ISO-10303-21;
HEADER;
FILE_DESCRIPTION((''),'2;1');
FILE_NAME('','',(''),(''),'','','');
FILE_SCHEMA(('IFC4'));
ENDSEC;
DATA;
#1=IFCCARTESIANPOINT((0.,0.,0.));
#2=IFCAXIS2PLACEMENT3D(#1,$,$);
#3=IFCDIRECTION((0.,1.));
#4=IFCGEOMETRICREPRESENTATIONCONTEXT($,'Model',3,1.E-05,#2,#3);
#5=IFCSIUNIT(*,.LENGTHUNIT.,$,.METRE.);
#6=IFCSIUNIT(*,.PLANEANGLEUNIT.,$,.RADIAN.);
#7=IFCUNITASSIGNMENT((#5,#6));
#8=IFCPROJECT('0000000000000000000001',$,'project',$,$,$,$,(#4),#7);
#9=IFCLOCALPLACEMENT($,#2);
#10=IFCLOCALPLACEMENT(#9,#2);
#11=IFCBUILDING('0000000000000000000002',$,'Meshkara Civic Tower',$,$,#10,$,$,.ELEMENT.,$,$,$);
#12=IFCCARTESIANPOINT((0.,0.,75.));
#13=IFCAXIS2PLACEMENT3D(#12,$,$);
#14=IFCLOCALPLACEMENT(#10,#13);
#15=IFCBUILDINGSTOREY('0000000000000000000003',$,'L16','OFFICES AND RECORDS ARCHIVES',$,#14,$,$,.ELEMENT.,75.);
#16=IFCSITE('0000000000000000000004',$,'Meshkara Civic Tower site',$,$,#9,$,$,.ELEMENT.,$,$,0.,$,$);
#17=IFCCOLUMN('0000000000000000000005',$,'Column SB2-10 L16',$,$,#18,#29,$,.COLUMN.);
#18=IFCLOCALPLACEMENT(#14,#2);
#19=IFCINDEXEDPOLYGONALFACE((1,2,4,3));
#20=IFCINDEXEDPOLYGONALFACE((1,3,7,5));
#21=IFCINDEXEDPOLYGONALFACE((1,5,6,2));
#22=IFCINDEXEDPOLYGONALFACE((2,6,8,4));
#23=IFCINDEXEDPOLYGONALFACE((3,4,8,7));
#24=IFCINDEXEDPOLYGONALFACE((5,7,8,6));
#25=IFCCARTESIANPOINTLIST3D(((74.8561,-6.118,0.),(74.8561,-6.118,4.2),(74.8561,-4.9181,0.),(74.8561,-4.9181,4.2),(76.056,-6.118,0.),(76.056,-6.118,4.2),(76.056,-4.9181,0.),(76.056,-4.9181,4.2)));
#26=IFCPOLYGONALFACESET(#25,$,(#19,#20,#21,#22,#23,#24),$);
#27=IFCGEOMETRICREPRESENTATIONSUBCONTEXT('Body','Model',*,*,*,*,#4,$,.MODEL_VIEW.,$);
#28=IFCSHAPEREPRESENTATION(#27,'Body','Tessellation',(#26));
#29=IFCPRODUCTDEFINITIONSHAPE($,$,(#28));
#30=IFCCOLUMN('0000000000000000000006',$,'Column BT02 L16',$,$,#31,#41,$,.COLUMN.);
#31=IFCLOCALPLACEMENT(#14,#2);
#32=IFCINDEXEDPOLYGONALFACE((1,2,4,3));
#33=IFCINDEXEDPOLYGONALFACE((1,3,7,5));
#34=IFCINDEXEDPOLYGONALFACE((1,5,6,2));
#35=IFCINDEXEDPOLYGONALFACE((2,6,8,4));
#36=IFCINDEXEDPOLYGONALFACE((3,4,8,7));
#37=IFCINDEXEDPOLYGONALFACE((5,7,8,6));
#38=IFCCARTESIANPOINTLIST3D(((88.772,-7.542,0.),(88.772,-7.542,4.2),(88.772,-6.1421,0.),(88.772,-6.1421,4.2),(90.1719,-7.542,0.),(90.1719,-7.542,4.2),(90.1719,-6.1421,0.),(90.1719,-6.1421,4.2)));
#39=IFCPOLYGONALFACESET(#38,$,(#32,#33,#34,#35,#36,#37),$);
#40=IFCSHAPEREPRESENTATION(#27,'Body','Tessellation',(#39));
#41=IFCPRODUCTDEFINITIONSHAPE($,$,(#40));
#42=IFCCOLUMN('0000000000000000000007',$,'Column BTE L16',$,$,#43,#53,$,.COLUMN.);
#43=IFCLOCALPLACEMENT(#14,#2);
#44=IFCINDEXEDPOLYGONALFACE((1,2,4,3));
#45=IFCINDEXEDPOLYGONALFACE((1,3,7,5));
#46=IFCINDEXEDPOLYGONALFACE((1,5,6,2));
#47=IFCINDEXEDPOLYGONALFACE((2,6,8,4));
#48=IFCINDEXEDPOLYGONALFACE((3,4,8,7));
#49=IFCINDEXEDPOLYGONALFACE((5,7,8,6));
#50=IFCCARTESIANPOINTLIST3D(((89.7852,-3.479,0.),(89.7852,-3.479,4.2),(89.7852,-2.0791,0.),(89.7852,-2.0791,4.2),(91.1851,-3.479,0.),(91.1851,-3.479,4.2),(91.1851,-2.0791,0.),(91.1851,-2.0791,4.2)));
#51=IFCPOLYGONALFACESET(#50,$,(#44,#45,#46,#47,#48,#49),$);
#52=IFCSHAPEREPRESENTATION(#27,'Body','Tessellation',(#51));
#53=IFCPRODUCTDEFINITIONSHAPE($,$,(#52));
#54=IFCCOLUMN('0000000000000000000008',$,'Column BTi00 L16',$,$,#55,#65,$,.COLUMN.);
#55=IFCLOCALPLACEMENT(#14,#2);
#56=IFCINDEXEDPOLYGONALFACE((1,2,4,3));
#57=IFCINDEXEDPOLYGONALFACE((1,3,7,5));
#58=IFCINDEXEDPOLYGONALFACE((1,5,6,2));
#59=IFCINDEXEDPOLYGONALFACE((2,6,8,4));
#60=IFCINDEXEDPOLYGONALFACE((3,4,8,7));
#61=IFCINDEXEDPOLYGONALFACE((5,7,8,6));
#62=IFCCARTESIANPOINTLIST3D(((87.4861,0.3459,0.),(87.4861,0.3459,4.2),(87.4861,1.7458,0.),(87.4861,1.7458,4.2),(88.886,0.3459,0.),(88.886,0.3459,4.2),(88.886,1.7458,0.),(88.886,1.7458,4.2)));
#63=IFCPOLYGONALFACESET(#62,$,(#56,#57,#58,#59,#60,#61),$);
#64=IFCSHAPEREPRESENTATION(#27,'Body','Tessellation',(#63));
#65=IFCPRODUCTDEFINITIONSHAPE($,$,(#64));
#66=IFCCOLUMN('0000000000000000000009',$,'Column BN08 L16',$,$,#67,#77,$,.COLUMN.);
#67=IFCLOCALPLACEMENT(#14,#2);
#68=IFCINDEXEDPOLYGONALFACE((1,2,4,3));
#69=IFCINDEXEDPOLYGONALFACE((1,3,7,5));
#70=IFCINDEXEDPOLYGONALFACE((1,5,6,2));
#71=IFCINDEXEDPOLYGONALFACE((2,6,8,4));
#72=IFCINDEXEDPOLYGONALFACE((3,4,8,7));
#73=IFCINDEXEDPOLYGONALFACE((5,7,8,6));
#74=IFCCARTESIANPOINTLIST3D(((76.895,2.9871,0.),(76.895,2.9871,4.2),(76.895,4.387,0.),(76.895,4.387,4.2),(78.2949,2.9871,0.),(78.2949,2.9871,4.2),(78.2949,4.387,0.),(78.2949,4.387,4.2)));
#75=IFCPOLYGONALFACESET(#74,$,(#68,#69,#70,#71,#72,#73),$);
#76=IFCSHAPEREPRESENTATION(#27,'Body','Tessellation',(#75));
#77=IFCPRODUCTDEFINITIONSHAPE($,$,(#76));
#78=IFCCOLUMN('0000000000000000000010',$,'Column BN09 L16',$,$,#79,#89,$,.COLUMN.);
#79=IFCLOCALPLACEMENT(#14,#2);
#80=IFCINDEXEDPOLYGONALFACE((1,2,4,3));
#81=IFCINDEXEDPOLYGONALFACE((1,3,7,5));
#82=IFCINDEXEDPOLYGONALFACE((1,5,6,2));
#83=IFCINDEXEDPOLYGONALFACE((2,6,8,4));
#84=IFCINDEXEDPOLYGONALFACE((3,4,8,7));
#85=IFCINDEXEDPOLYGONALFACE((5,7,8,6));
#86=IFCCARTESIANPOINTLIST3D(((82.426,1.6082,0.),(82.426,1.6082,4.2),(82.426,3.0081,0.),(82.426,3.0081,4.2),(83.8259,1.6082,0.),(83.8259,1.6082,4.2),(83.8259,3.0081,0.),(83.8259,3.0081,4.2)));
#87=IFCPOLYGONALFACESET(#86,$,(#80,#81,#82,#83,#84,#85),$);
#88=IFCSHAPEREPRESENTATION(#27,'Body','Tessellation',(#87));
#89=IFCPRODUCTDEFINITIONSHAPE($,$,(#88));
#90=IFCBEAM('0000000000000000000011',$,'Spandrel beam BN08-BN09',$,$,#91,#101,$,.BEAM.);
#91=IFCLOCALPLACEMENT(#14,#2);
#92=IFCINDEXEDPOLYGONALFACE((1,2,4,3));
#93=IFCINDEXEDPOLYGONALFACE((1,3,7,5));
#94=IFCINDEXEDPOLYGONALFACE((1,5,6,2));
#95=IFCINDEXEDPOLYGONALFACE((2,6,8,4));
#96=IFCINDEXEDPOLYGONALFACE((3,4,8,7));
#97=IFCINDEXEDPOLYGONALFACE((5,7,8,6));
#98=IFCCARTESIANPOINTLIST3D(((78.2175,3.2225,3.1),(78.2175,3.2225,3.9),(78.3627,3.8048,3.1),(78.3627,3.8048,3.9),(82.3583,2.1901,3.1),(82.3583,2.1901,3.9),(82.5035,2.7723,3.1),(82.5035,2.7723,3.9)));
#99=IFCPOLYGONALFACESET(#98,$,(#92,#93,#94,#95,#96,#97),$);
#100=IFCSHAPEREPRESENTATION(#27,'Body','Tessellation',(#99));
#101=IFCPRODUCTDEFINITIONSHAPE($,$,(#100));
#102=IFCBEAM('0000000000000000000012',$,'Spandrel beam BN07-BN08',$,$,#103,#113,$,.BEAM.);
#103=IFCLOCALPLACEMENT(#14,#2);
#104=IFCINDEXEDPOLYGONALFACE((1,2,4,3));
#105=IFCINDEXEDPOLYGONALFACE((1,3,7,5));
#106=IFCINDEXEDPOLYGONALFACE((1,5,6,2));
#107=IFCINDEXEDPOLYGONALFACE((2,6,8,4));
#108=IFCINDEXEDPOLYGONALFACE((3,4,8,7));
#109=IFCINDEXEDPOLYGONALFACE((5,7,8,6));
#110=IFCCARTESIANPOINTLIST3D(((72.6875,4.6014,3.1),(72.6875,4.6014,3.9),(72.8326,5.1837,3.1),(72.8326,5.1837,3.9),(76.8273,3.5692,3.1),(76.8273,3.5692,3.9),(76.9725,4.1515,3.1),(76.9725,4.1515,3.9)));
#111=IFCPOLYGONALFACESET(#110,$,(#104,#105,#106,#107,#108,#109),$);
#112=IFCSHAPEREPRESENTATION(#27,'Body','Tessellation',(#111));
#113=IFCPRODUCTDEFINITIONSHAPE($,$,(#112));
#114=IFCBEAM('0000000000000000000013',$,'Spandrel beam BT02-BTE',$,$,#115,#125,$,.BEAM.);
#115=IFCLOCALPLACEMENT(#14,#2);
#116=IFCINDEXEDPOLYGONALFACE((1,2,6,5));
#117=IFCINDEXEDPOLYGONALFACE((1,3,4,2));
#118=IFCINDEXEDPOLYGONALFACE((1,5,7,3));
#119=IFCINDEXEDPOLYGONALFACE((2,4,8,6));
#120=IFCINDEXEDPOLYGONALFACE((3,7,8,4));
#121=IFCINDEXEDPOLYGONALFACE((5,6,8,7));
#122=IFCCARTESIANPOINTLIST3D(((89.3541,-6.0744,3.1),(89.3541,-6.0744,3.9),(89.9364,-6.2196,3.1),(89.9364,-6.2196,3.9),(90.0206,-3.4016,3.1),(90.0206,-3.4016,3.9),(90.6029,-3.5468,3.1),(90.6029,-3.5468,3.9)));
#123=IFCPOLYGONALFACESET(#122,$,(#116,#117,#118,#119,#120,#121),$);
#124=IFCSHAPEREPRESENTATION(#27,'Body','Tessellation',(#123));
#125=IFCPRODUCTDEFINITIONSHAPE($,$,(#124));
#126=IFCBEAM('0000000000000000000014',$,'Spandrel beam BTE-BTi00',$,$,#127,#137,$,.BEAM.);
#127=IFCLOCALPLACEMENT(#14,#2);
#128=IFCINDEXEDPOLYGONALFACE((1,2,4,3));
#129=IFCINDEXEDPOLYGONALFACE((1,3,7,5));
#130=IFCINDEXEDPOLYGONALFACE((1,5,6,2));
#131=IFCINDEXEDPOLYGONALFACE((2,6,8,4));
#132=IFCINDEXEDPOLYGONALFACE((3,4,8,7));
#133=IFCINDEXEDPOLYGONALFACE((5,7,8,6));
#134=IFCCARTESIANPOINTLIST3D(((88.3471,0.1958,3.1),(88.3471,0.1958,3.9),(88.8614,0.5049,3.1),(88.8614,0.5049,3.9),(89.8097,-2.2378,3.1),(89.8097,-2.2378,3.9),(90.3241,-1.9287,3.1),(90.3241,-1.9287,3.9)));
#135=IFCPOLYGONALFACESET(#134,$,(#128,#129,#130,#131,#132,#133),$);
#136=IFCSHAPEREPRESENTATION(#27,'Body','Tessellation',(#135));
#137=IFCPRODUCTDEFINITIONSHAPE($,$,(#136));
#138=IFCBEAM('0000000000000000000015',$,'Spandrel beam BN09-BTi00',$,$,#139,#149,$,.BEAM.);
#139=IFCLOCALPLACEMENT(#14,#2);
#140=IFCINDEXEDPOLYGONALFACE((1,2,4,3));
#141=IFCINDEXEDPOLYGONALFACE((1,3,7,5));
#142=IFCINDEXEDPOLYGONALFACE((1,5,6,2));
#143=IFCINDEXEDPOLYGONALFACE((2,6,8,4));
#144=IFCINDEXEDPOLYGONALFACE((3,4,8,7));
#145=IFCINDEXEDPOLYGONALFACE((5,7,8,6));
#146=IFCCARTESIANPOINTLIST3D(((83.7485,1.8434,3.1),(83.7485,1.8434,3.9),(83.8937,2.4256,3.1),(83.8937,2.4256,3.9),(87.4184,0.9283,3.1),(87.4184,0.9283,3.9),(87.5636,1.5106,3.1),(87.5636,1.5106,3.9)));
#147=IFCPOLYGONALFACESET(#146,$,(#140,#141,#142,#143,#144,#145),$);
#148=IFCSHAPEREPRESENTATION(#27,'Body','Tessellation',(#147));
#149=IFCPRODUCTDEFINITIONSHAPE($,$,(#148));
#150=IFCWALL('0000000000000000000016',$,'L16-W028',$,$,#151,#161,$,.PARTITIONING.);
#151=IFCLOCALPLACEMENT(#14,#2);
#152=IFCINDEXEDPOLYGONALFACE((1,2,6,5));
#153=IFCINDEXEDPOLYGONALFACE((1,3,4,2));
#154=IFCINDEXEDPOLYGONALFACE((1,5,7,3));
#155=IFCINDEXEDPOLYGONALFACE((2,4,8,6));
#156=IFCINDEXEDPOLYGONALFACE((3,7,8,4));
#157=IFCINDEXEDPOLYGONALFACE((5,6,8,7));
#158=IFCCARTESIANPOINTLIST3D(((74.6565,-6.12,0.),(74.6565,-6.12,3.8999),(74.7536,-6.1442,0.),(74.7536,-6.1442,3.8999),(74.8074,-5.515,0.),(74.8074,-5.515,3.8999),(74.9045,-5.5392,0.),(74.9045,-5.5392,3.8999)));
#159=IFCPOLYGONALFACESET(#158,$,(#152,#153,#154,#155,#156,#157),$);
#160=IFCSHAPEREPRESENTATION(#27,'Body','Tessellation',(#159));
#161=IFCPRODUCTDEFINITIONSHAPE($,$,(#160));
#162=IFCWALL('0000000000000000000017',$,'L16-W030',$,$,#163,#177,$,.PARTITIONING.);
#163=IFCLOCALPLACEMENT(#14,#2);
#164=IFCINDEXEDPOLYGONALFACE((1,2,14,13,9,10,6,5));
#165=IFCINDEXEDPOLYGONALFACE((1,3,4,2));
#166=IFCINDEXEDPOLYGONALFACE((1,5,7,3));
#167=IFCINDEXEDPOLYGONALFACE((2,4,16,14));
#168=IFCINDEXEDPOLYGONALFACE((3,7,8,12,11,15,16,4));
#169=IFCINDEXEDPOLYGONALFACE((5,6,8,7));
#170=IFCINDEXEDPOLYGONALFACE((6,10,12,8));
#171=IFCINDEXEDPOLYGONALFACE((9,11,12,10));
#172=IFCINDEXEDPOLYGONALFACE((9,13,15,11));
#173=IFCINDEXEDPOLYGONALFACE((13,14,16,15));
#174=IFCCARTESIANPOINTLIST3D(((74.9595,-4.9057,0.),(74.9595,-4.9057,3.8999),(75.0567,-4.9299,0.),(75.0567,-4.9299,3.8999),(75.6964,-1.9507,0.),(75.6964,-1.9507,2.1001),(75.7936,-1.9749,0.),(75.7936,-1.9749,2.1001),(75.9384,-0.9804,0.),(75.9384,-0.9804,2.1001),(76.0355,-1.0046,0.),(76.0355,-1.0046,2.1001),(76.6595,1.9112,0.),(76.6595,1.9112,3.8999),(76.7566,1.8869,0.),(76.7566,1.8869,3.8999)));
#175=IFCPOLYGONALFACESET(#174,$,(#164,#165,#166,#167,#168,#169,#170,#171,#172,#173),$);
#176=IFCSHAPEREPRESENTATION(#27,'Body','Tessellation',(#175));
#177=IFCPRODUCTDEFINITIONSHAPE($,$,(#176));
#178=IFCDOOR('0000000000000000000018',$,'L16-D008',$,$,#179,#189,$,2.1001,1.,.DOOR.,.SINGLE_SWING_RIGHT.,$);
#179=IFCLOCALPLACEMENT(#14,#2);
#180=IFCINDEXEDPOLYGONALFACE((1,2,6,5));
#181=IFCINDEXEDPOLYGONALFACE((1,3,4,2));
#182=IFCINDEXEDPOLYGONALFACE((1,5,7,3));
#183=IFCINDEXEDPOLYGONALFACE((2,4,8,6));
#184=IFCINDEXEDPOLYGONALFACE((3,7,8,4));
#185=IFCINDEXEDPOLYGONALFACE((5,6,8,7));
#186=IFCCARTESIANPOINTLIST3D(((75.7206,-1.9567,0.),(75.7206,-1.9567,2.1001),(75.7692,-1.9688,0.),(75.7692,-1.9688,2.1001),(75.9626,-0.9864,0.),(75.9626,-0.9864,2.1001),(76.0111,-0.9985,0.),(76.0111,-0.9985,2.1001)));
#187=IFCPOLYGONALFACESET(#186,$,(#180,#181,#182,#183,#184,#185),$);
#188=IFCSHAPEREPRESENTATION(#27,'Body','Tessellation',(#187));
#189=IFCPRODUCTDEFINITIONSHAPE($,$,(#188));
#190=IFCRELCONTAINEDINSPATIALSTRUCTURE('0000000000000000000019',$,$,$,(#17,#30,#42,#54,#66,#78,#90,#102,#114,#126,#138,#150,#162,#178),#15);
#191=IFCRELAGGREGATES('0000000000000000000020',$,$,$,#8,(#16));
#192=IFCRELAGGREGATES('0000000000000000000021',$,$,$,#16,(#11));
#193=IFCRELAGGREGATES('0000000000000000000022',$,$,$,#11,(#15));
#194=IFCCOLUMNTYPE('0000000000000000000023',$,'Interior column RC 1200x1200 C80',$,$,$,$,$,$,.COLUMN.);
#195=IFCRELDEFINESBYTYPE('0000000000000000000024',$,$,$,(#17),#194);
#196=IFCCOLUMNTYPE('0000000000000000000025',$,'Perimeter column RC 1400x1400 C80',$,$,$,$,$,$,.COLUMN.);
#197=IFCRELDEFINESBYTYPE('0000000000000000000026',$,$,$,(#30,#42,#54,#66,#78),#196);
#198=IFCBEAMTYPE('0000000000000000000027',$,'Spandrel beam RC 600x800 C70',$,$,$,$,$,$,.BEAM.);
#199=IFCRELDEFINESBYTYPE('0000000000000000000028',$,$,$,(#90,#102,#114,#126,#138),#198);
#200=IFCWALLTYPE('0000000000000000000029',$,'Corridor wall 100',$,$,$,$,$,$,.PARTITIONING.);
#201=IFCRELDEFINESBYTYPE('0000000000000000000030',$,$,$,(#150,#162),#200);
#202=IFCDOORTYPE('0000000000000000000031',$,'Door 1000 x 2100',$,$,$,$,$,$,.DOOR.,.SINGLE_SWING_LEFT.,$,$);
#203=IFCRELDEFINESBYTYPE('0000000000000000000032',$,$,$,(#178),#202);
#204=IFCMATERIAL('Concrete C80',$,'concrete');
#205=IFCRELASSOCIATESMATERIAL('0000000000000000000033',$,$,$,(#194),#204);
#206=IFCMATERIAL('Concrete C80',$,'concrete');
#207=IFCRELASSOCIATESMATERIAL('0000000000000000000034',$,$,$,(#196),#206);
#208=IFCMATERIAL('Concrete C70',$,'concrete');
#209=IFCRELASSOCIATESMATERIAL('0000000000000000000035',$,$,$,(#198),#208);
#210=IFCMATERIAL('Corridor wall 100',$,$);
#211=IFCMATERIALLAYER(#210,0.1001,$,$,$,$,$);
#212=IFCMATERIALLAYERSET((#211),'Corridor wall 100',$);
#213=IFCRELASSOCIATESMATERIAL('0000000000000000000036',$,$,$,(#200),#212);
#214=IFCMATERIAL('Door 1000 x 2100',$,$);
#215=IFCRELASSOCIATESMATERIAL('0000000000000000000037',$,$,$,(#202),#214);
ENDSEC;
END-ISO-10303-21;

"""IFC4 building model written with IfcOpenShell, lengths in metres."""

from ifc_helpers import new_model, si_unit, direction, frame, frame_2d, origin, origin_2d, place, context, subcontext, project, spatial, rectangle, extrude, material, layer, layer_set, material_profile, profile_set, type_object, element, fill, save


model = new_model("IFC4")

# Units and contexts
model_context = context("Model", 3, precision=1e-05, world=origin(), true_north=direction((0.0, 1.0)))
body_context = subcontext(model_context, "Body", "Model", "MODEL_VIEW")
ifc_project = project(units=[si_unit("LENGTHUNIT", "METRE"), si_unit("PLANEANGLEUNIT", "RADIAN")], contexts=[model_context])

# Site, building, storey
site_placement = place(None, origin())
site = spatial("IfcSite", under=ifc_project, at=site_placement, Name="Meshkara Civic Tower site", CompositionType="ELEMENT", RefElevation=0.0)
building_placement = place(site_placement, origin())
building = spatial("IfcBuilding", under=site, at=building_placement, Name="Meshkara Civic Tower", CompositionType="ELEMENT")
storey_placement = place(building_placement, frame((0.0, 0.0, 75.0)))
storey = spatial("IfcBuildingStorey", under=building, at=storey_placement, Name="L16", Description="OFFICES AND RECORDS ARCHIVES", CompositionType="ELEMENT", Elevation=75.0)

# Columns
ifc_material_1 = material(Name="Concrete C80", Category="concrete")
ifc_material_profile_1 = material_profile(ifc_material_1, rectangle(XDim=1.2, YDim=1.2, at=origin_2d()))
ifc_profile_set_1 = profile_set([ifc_material_profile_1], Name="Concrete C80")
column_type_1 = type_object("IfcColumnType", Name="Interior column RC 1200x1200 C80", PredefinedType="COLUMN", material=ifc_profile_set_1)
column_placement = place(storey_placement, frame((75.4561, -5.5181, 0.0), z_axis=(0.0, 0.0, 1.0), x_axis=(1.0, 0.0, 0.0)))
element("IfcColumn", 1, at=column_placement, inside=storey, type_object=column_type_1, Name="Column SB2-10 L16", PredefinedType="COLUMN", context=body_context, shape_type="SweptSolid", body=[
    extrude(rectangle(XDim=1.2, YDim=1.2, at=origin_2d()), origin(), (0.0, 0.0, 1.0), 4.2),
])
ifc_material_2 = material(Name="Concrete C80", Category="concrete")
ifc_material_profile_2 = material_profile(ifc_material_2, rectangle(XDim=1.3999, YDim=1.3999, at=origin_2d()))
ifc_profile_set_2 = profile_set([ifc_material_profile_2], Name="Concrete C80")
column_type_2 = type_object("IfcColumnType", Name="Perimeter column RC 1400x1400 C80", PredefinedType="COLUMN", material=ifc_profile_set_2)
for number, where, z_axis, x_axis, name in (
    (2, (89.4719, -6.842, 0.0), (0.0, 0.0, 1.0), (1.0, 0.0, 0.0), "Column BT02 L16"),
    (3, (90.4851, -2.7791, 0.0), (0.0, 0.0, 1.0), (1.0, 0.0, 0.0), "Column BTE L16"),
    (4, (88.186, 1.0459, 0.0), (0.0, 0.0, 1.0), (1.0, 0.0, 0.0), "Column BTi00 L16"),
    (5, (77.595, 3.687, 0.0), (0.0, 0.0, 1.0), (1.0, 0.0, 0.0), "Column BN08 L16"),
    (6, (83.126, 2.3081, 0.0), (0.0, 0.0, 1.0), (1.0, 0.0, 0.0), "Column BN09 L16"),
):
    element("IfcColumn", number, at=place(storey_placement, frame(where, z_axis=z_axis, x_axis=x_axis)), inside=storey, type_object=column_type_2, Name=name, PredefinedType="COLUMN", context=body_context, shape_type="SweptSolid", body=[
        extrude(rectangle(XDim=1.3999, YDim=1.3999, at=origin_2d()), origin(), (0.0, 0.0, 1.0), 4.2),
    ])

# Beams
ifc_material_3 = material(Name="Concrete C70", Category="concrete")
ifc_material_profile_3 = material_profile(ifc_material_3, rectangle(XDim=0.6001, YDim=0.8, at=origin_2d()))
ifc_profile_set_3 = profile_set([ifc_material_profile_3], Name="Concrete C70")
beam_type = type_object("IfcBeamType", Name="Spandrel beam RC 600x800 C70", PredefinedType="BEAM", material=ifc_profile_set_3)
beam_1_placement = place(storey_placement, frame((82.4309, 2.4812, 3.5), z_axis=(-0.970294, 0.24193, 0.0), x_axis=(-0.24193, -0.970294, 0.0)))
element("IfcBeam", 7, at=beam_1_placement, inside=storey, type_object=beam_type, Name="Spandrel beam BN08-BN09", PredefinedType="BEAM", context=body_context, shape_type="SweptSolid", body=[
    extrude(rectangle(XDim=0.6001, YDim=0.8, at=origin_2d()), origin(), (0.0, 0.0, 1.0), 4.2676),
])
beam_2_placement = place(storey_placement, frame((76.8999, 3.8604, 3.5), z_axis=(-0.970294, 0.24193, 0.0), x_axis=(-0.24193, -0.970294, 0.0)))
element("IfcBeam", 8, at=beam_2_placement, inside=storey, type_object=beam_type, Name="Spandrel beam BN07-BN08", PredefinedType="BEAM", context=body_context, shape_type="SweptSolid", body=[
    extrude(rectangle(XDim=0.6001, YDim=0.8, at=origin_2d()), origin(), (0.0, 0.0, 1.0), 4.2666),
])
beam_3_placement = place(storey_placement, frame((89.6453, -6.147, 3.5), z_axis=(0.241952, 0.970288, 0.0), x_axis=(-0.970288, 0.241952, 0.0)))
element("IfcBeam", 9, at=beam_3_placement, inside=storey, type_object=beam_type, Name="Spandrel beam BT02-BTE", PredefinedType="BEAM", context=body_context, shape_type="SweptSolid", body=[
    extrude(rectangle(XDim=0.6001, YDim=0.8, at=origin_2d()), origin(), (0.0, 0.0, 1.0), 2.7546),
])
beam_4_placement = place(storey_placement, frame((90.0669, -2.0833, 3.5), z_axis=(-0.515141, 0.857106, 0.0), x_axis=(-0.857106, -0.515141, 0.0)))
element("IfcBeam", 10, at=beam_4_placement, inside=storey, type_object=beam_type, Name="Spandrel beam BTE-BTi00", PredefinedType="BEAM", context=body_context, shape_type="SweptSolid", body=[
    extrude(rectangle(XDim=0.6001, YDim=0.8, at=origin_2d()), origin(), (0.0, 0.0, 1.0), 2.8394),
])
beam_5_placement = place(storey_placement, frame((87.491, 1.2195, 3.5), z_axis=(-0.970294, 0.241928, 0.0), x_axis=(-0.241928, -0.970294, 0.0)))
element("IfcBeam", 11, at=beam_5_placement, inside=storey, type_object=beam_type, Name="Spandrel beam BN09-BTi00", PredefinedType="BEAM", context=body_context, shape_type="SweptSolid", body=[
    extrude(rectangle(XDim=0.6001, YDim=0.8, at=origin_2d()), origin(), (0.0, 0.0, 1.0), 3.7822),
])

# Wall
ifc_material_4 = material(Name="Corridor wall 100")
ifc_layer_1 = layer(ifc_material_4, 0.1001)
ifc_layer_set_1 = layer_set([ifc_layer_1], Name="Corridor wall 100")
wall_type_1 = type_object("IfcWallType", Name="Corridor wall 100", PredefinedType="PARTITIONING", material=ifc_layer_set_1)
wall_1_placement = place(storey_placement, frame((74.856, -5.5271, 0.0), z_axis=(0.0, 0.0, 1.0), x_axis=(-0.241983, -0.970281, 0.0)))
element("IfcWall", 12, at=wall_1_placement, inside=storey, type_object=wall_type_1, Name="L16-W028", PredefinedType="PARTITIONING", context=body_context, shape_type="SweptSolid", body=[
    extrude(rectangle(XDim=0.6235, YDim=0.1001, at=frame_2d((0.3118, 0.0))), origin(), (0.0, 0.0, 1.0), 3.8999),
])

# Wall, opening, door
wall_2_placement = place(storey_placement, frame((76.708, 1.8989, 0.0), z_axis=(0.0, 0.0, 1.0), x_axis=(-0.241963, -0.970285, 0.0)))
wall_2 = element("IfcWall", 13, at=wall_2_placement, inside=storey, type_object=wall_type_1, Name="L16-W030", PredefinedType="PARTITIONING", context=body_context, shape_type="SweptSolid", body=[
    extrude(rectangle(XDim=7.0256, YDim=0.1001, at=frame_2d((3.5127, 0.0))), origin(), (0.0, 0.0, 1.0), 3.8999),
])
opening_1_placement = place(wall_2_placement, frame((2.98, 0.0, 0.0)))
opening_1 = element("IfcOpeningElement", 14, at=opening_1_placement, cuts=wall_2, PredefinedType="OPENING", context=body_context, shape_type="SweptSolid", body=[
    extrude(rectangle(XDim=1.0, YDim=2.1001, at=frame_2d((0.5, 1.05))), frame((0.0, 0.0601, 0.0), z_axis=(0.0, -1.0, 0.0), x_axis=(1.0, 0.0, 0.0)), (0.0, 0.0, 1.0), 0.1201),
])
ifc_material_5 = material(Name="Door 1000 x 2100")
door_type = type_object("IfcDoorType", Name="Door 1000 x 2100", OperationType="SINGLE_SWING_LEFT", PredefinedType="DOOR", material=ifc_material_5)
door_1_placement = place(opening_1_placement, origin())
door_1 = element("IfcDoor", 15, at=door_1_placement, inside=storey, type_object=door_type, Name="L16-D008", OperationType="SINGLE_SWING_RIGHT", OverallHeight=2.1001, OverallWidth=1.0, PredefinedType="DOOR", context=body_context, shape_type="SweptSolid", body=[
    extrude(rectangle(XDim=1.0, YDim=2.1001, at=frame_2d((0.5, 1.05))), frame((0.0, 0.0249, 0.0), z_axis=(0.0, -1.0, 0.0), x_axis=(1.0, 0.0, 0.0)), (0.0, 0.0, 1.0), 0.05),
])
fill(opening_1, door_1)

save(model, "model.ifc")
